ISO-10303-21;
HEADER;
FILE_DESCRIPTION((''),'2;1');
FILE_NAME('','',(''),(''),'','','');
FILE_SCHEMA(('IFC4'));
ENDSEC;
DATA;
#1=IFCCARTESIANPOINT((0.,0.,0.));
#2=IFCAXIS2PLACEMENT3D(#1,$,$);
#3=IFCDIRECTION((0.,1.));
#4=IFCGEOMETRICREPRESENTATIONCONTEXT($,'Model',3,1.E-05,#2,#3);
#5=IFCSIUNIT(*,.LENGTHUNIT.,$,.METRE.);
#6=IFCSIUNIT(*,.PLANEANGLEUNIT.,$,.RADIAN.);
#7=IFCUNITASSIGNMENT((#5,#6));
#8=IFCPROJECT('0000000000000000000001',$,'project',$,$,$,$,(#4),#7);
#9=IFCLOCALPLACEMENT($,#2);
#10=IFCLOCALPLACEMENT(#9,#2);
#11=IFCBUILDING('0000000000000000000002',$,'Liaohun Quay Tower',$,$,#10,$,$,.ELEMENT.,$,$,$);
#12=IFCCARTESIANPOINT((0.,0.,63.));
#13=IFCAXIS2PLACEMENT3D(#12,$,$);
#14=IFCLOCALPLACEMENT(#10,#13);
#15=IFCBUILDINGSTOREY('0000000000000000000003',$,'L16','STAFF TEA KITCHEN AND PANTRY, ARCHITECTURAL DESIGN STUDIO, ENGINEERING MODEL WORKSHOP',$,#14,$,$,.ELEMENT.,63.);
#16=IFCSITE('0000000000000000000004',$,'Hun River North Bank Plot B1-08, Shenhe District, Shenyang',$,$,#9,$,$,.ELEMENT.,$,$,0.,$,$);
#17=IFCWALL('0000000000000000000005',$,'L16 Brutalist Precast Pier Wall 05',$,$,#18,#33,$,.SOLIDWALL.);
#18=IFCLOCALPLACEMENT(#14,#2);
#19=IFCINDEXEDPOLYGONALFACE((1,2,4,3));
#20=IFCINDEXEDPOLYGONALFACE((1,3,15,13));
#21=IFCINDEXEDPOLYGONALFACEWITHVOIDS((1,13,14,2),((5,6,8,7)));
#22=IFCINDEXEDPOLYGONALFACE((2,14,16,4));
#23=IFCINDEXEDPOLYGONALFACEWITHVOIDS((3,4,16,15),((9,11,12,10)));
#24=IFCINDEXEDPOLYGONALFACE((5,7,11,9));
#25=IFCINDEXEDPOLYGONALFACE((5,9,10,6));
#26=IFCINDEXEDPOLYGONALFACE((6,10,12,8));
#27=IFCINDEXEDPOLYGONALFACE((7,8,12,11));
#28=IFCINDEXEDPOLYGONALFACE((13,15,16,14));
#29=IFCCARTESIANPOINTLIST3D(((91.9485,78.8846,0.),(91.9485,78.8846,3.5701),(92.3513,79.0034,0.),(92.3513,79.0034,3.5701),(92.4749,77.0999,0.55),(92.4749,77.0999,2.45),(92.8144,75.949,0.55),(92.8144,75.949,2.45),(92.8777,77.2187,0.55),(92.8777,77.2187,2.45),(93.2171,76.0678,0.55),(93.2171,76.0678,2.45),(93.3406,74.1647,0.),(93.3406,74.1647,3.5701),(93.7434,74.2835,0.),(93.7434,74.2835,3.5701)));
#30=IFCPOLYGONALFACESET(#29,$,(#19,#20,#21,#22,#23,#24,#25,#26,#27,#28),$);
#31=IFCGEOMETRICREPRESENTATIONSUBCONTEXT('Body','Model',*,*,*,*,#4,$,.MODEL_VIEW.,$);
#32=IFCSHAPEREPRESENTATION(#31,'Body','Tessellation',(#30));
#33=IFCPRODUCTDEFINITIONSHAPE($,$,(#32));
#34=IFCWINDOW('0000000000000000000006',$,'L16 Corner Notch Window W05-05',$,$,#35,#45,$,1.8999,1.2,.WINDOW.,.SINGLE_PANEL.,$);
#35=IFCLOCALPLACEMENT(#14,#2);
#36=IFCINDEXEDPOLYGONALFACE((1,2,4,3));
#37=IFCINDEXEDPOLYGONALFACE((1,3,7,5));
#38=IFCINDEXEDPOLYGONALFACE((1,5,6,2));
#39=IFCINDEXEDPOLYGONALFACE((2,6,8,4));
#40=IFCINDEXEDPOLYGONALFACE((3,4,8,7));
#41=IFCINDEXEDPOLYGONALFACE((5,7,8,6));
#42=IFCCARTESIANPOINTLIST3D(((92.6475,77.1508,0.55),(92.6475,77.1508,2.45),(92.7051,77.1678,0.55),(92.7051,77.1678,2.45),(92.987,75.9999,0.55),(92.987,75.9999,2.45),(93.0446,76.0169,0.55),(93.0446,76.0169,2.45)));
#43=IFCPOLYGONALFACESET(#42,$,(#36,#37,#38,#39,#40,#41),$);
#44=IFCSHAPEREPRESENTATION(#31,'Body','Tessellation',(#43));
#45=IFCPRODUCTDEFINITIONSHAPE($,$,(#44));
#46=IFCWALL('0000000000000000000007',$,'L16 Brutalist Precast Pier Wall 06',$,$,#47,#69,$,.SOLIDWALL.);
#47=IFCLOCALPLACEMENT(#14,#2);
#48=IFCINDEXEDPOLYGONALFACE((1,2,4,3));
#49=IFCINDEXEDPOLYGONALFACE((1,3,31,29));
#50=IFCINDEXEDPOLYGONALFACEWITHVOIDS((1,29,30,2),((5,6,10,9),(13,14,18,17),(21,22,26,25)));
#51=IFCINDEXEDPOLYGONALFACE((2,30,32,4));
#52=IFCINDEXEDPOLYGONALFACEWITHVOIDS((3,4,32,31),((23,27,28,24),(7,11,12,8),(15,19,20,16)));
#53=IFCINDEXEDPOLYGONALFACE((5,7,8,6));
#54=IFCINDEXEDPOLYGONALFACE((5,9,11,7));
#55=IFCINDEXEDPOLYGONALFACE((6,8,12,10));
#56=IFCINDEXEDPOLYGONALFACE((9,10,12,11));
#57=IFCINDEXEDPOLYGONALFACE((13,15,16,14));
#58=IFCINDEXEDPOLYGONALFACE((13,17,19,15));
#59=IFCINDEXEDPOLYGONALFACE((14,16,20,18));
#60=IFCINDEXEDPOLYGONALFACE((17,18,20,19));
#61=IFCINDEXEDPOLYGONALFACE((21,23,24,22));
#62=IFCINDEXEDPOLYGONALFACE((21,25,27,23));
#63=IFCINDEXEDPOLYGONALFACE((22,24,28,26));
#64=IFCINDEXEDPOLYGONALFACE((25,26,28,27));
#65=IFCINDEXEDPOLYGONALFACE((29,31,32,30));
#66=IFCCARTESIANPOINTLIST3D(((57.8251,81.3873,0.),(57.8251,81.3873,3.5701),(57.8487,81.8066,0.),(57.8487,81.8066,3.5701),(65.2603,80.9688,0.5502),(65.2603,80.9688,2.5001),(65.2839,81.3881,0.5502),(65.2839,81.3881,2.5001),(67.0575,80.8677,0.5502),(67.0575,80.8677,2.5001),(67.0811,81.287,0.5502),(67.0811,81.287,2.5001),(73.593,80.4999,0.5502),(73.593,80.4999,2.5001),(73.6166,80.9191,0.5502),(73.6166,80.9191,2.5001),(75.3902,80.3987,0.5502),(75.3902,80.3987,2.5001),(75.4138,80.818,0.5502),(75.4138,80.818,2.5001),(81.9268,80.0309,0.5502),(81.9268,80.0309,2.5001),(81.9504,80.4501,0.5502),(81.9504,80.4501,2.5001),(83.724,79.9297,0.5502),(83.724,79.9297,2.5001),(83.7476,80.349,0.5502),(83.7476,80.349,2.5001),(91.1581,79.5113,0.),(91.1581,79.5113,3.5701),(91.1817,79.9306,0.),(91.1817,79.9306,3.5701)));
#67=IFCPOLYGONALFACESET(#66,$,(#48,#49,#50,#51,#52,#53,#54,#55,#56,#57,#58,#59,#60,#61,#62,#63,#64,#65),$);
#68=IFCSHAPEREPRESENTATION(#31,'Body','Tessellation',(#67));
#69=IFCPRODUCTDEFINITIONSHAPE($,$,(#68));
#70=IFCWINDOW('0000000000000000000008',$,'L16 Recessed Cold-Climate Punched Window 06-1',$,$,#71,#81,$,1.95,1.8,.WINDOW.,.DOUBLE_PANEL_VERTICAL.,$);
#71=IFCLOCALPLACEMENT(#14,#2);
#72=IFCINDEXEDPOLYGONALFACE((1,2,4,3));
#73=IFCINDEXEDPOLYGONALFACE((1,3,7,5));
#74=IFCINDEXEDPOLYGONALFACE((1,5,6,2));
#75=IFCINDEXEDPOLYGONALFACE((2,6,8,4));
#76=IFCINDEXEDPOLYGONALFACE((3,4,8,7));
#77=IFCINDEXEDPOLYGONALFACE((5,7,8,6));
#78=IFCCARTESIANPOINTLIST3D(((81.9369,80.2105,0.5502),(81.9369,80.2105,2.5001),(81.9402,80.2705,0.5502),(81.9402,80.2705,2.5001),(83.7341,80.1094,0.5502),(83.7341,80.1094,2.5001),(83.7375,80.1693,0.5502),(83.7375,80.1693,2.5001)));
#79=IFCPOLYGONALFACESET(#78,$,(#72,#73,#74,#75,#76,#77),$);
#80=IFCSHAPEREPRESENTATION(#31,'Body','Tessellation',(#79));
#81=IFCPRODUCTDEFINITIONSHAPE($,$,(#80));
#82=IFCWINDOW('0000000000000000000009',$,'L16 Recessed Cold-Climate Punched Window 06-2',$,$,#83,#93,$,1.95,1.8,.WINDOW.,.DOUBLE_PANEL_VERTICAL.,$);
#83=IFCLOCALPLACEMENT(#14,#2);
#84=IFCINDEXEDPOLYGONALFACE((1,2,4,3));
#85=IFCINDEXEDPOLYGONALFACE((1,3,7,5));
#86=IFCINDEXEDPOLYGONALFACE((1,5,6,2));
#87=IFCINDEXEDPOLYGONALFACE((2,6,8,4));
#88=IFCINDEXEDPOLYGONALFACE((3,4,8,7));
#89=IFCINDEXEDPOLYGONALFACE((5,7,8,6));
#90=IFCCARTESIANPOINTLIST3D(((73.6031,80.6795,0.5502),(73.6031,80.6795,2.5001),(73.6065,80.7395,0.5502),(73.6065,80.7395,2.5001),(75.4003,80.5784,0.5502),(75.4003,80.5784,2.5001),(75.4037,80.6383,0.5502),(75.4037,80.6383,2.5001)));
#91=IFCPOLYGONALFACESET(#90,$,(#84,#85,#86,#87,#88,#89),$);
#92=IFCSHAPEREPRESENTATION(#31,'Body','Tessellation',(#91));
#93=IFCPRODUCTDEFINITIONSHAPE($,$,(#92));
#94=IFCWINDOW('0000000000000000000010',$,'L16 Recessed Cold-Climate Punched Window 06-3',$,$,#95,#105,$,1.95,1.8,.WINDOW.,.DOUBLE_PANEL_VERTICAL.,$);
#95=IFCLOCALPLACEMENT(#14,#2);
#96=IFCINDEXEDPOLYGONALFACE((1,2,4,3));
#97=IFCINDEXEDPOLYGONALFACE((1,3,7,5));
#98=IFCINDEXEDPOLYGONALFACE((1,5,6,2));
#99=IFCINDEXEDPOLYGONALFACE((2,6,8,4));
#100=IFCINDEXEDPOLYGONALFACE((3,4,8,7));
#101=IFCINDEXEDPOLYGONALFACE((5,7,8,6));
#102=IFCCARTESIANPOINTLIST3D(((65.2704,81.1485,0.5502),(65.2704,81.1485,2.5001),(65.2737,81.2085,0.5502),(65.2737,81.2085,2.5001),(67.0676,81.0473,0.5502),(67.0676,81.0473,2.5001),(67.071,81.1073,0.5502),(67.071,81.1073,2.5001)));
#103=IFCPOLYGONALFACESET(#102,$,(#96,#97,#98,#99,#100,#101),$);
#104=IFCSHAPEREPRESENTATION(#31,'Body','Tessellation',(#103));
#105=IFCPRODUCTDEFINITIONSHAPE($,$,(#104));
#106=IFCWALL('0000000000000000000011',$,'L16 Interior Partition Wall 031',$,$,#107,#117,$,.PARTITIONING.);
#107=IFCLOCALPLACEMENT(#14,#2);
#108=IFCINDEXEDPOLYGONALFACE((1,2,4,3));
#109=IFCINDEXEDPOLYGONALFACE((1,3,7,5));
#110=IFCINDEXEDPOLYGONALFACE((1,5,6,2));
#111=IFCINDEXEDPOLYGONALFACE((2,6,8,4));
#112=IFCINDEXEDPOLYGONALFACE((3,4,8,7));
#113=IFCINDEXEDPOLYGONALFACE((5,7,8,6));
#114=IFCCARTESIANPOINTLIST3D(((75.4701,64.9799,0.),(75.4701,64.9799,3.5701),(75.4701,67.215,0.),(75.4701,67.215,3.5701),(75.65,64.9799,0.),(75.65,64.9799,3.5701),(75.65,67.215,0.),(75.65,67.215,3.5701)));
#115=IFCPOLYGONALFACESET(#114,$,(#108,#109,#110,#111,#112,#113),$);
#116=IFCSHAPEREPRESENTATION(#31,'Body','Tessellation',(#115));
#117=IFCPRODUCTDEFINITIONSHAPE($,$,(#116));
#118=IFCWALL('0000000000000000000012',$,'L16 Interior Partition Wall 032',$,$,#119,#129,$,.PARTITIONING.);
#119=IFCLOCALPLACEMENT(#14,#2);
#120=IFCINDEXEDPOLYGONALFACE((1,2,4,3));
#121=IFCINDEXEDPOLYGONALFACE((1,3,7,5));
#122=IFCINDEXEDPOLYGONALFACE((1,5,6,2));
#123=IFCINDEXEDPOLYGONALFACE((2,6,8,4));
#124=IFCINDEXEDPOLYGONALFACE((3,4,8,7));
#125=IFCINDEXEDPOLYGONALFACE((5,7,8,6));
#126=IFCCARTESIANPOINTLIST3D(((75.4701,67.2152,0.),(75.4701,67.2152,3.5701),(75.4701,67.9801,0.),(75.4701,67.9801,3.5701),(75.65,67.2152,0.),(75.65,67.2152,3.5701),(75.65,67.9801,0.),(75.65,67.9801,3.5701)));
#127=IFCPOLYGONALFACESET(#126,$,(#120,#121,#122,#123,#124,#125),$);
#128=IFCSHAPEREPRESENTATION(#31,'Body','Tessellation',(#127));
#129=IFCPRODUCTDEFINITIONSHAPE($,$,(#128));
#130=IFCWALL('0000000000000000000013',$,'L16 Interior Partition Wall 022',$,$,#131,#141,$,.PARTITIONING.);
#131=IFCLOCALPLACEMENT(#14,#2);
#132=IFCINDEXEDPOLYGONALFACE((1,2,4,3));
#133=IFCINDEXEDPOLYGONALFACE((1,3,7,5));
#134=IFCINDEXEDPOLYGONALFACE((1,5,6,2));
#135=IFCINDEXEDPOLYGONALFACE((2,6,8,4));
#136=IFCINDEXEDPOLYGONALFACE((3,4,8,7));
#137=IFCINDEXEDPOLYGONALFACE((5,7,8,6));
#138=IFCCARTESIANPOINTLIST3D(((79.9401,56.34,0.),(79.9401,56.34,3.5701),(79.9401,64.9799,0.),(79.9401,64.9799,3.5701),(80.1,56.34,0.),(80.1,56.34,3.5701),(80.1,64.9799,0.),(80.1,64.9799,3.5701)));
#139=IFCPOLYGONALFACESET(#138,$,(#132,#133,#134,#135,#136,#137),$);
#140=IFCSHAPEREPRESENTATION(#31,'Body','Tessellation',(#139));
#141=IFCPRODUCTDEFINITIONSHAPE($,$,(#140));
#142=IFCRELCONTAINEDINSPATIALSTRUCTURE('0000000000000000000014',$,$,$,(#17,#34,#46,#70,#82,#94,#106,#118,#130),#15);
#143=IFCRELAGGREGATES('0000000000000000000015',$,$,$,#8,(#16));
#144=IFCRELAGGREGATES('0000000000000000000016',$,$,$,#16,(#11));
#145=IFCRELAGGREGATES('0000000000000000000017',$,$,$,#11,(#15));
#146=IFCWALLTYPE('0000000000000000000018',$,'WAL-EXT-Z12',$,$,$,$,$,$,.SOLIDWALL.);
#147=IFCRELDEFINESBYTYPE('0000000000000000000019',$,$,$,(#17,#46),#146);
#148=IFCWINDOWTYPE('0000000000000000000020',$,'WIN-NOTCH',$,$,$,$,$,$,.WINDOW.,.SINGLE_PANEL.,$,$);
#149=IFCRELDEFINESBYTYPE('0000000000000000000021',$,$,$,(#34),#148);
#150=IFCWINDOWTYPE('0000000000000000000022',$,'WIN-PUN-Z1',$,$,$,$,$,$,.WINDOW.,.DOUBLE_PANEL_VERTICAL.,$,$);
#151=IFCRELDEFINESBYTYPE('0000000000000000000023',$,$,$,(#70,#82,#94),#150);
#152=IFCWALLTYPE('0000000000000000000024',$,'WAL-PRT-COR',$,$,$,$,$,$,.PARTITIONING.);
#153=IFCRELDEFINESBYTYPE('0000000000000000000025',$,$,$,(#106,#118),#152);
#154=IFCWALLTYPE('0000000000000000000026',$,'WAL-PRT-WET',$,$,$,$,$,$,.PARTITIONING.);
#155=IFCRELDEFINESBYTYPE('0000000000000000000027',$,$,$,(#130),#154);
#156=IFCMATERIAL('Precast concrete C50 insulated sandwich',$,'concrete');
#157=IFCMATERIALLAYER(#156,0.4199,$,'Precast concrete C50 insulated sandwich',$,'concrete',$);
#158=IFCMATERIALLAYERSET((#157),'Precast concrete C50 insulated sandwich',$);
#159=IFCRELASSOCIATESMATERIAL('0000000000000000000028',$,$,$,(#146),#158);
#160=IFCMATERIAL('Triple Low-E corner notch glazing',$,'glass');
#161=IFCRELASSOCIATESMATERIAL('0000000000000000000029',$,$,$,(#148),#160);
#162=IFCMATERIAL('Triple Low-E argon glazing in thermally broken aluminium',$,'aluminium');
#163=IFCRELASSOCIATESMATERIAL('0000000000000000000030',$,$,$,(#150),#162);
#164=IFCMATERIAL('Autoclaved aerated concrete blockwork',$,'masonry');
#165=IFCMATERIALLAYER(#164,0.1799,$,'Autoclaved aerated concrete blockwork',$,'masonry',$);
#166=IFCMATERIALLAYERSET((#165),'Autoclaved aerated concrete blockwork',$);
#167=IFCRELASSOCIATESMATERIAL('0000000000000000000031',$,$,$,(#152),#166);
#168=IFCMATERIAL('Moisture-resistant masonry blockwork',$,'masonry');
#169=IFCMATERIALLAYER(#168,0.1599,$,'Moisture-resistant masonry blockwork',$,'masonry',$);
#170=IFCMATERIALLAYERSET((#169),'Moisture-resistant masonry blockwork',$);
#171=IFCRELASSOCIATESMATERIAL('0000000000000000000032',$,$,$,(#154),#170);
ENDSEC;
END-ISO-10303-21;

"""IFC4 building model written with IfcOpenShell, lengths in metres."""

from ifc_helpers import new_model, si_unit, direction, frame, frame_2d, origin, place, context, subcontext, project, spatial, rectangle, extrude, source, transform, mapped, material, layer, layer_set, type_object, element, fill, save


model = new_model("IFC4")

# Units and contexts
model_context = context("Model", 3, precision=1e-05, world=origin(), true_north=direction((0.0, 1.0)))
body_context = subcontext(model_context, "Body", "Model", "MODEL_VIEW")
ifc_project = project(units=[si_unit("LENGTHUNIT", "METRE"), si_unit("PLANEANGLEUNIT", "RADIAN")], contexts=[model_context])

# Site, building, storey
site_placement = place(None, origin())
site = spatial("IfcSite", under=ifc_project, at=site_placement, Name="Hun River North Bank Plot B1-08, Shenhe District, Shenyang", CompositionType="ELEMENT", RefElevation=0.0)
building_placement = place(site_placement, origin())
building = spatial("IfcBuilding", under=site, at=building_placement, Name="Liaohun Quay Tower", CompositionType="ELEMENT")
storey_placement = place(building_placement, frame((0.0, 0.0, 63.0)))
storey = spatial("IfcBuildingStorey", under=building, at=storey_placement, Name="L16", Description="STAFF TEA KITCHEN AND PANTRY, ARCHITECTURAL DESIGN STUDIO, ENGINEERING MODEL WORKSHOP", CompositionType="ELEMENT", Elevation=63.0)

# Wall, opening, window
ifc_material_1 = material(Name="Precast concrete C50 insulated sandwich", Category="concrete")
ifc_layer_1 = layer(ifc_material_1, 0.4199, Name="Precast concrete C50 insulated sandwich", Category="concrete")
ifc_layer_set_1 = layer_set([ifc_layer_1], Name="Precast concrete C50 insulated sandwich")
wall_type_1 = type_object("IfcWallType", Name="WAL-EXT-Z12", PredefinedType="SOLIDWALL", material=ifc_layer_set_1)
shared_shape_1 = source(origin(), body_context, "Body", "SweptSolid", [
    extrude(rectangle(XDim=1.2, YDim=1.8999, at=frame_2d((0.6001, 0.95))), frame((0.0, 0.22, 0.0), z_axis=(0.0, -1.0, 0.0), x_axis=(1.0, 0.0, 0.0)), (0.0, 0.0, 1.0), 0.4399),
])
ifc_material_2 = material(Name="Triple Low-E corner notch glazing", Category="glass")
window_type_1 = type_object("IfcWindowType", Name="WIN-NOTCH", PartitioningType="SINGLE_PANEL", PredefinedType="WINDOW", material=ifc_material_2)
shared_shape_2 = source(origin(), body_context, "Body", "SweptSolid", [
    extrude(rectangle(XDim=1.2, YDim=1.8999, at=frame_2d((0.6001, 0.95))), frame((0.0, 0.03, 0.0), z_axis=(0.0, -1.0, 0.0), x_axis=(1.0, 0.0, 0.0)), (0.0, 0.0, 1.0), 0.0601),
])
wall_1_placement = place(storey_placement, frame((93.542, 74.2241, 0.0), z_axis=(0.0, 0.0, 1.0), x_axis=(-0.282889, 0.959153, 0.0)))
wall_1 = element("IfcWall", 1, at=wall_1_placement, inside=storey, type_object=wall_type_1, Name="L16 Brutalist Precast Pier Wall 05", PredefinedType="SOLIDWALL", context=body_context, shape_type="SweptSolid", body=[
    extrude(rectangle(XDim=4.9209, YDim=0.4199, at=frame_2d((2.4604, 0.0))), origin(), (0.0, 0.0, 1.0), 3.5701),
])
opening_1_placement = place(wall_1_placement, frame((1.8601, 0.0, 0.55)))
opening_1 = element("IfcOpeningElement", 2, at=opening_1_placement, cuts=wall_1, PredefinedType="OPENING", context=body_context, shape_type="MappedRepresentation", body=[
    mapped(shared_shape_1, transform((0.0, 0.0, 0.0), x_axis=(1.0, 0.0, 0.0), y_axis=(0.0, 1.0, 0.0), z_axis=(0.0, 0.0, 1.0), scale=1.0)),
])
window_1_placement = place(opening_1_placement, origin())
window_1 = element("IfcWindow", 3, at=window_1_placement, inside=storey, type_object=window_type_1, Name="L16 Corner Notch Window W05-05", OverallHeight=1.8999, OverallWidth=1.2, PartitioningType="SINGLE_PANEL", PredefinedType="WINDOW", context=body_context, shape_type="MappedRepresentation", body=[
    mapped(shared_shape_2, transform((0.0, 0.0, 0.0), x_axis=(1.0, 0.0, 0.0), y_axis=(0.0, 1.0, 0.0), z_axis=(0.0, 0.0, 1.0), scale=1.0)),
])
fill(opening_1, window_1)

# Wall, openings, windows
wall_2_placement = place(storey_placement, frame((91.1699, 79.7209, 0.0), z_axis=(0.0, 0.0, 1.0), x_axis=(-0.99842, 0.056191, 0.0)))
wall_2 = element("IfcWall", 4, at=wall_2_placement, inside=storey, type_object=wall_type_1, Name="L16 Brutalist Precast Pier Wall 06", PredefinedType="SOLIDWALL", context=body_context, shape_type="SweptSolid", body=[
    extrude(rectangle(XDim=33.3857, YDim=0.4199, at=frame_2d((16.6929, 0.0))), origin(), (0.0, 0.0, 1.0), 3.5701),
])
shared_shape_3 = source(origin(), body_context, "Body", "SweptSolid", [
    extrude(rectangle(XDim=1.8, YDim=1.95, at=frame_2d((0.8999, 0.9751))), frame((0.0, 0.22, 0.0), z_axis=(0.0, -1.0, 0.0), x_axis=(1.0, 0.0, 0.0)), (0.0, 0.0, 1.0), 0.4399),
])
opening_2_placement = place(wall_2_placement, frame((7.446, 0.0, 0.55)))
opening_2 = element("IfcOpeningElement", 5, at=opening_2_placement, cuts=wall_2, PredefinedType="OPENING", context=body_context, shape_type="MappedRepresentation", body=[
    mapped(shared_shape_3, transform((0.0, 0.0, 0.0), x_axis=(1.0, 0.0, 0.0), y_axis=(0.0, 1.0, 0.0), z_axis=(0.0, 0.0, 1.0), scale=1.0)),
])
opening_3_placement = place(wall_2_placement, frame((15.793, 0.0, 0.55)))
opening_3 = element("IfcOpeningElement", 6, at=opening_3_placement, cuts=wall_2, PredefinedType="OPENING", context=body_context, shape_type="MappedRepresentation", body=[
    mapped(shared_shape_3, transform((0.0, 0.0, 0.0), x_axis=(1.0, 0.0, 0.0), y_axis=(0.0, 1.0, 0.0), z_axis=(0.0, 0.0, 1.0), scale=1.0)),
])
opening_4_placement = place(wall_2_placement, frame((24.1389, 0.0, 0.55)))
opening_4 = element("IfcOpeningElement", 7, at=opening_4_placement, cuts=wall_2, PredefinedType="OPENING", context=body_context, shape_type="MappedRepresentation", body=[
    mapped(shared_shape_3, transform((0.0, 0.0, 0.0), x_axis=(1.0, 0.0, 0.0), y_axis=(0.0, 1.0, 0.0), z_axis=(0.0, 0.0, 1.0), scale=1.0)),
])
ifc_material_3 = material(Name="Triple Low-E argon glazing in thermally broken aluminium", Category="aluminium")
window_type_2 = type_object("IfcWindowType", Name="WIN-PUN-Z1", PartitioningType="DOUBLE_PANEL_VERTICAL", PredefinedType="WINDOW", material=ifc_material_3)
shared_shape_4 = source(origin(), body_context, "Body", "SweptSolid", [
    extrude(rectangle(XDim=1.8, YDim=1.95, at=frame_2d((0.8999, 0.9751))), frame((0.0, 0.03, 0.0), z_axis=(0.0, -1.0, 0.0), x_axis=(1.0, 0.0, 0.0)), (0.0, 0.0, 1.0), 0.0601),
])
window_2_placement = place(opening_2_placement, origin())
window_2 = element("IfcWindow", 8, at=window_2_placement, inside=storey, type_object=window_type_2, Name="L16 Recessed Cold-Climate Punched Window 06-1", OverallHeight=1.95, OverallWidth=1.8, PartitioningType="DOUBLE_PANEL_VERTICAL", PredefinedType="WINDOW", context=body_context, shape_type="MappedRepresentation", body=[
    mapped(shared_shape_4, transform((0.0, 0.0, 0.0), x_axis=(1.0, 0.0, 0.0), y_axis=(0.0, 1.0, 0.0), z_axis=(0.0, 0.0, 1.0), scale=1.0)),
])
fill(opening_2, window_2)
window_3_placement = place(opening_3_placement, origin())
window_3 = element("IfcWindow", 9, at=window_3_placement, inside=storey, type_object=window_type_2, Name="L16 Recessed Cold-Climate Punched Window 06-2", OverallHeight=1.95, OverallWidth=1.8, PartitioningType="DOUBLE_PANEL_VERTICAL", PredefinedType="WINDOW", context=body_context, shape_type="MappedRepresentation", body=[
    mapped(shared_shape_4, transform((0.0, 0.0, 0.0), x_axis=(1.0, 0.0, 0.0), y_axis=(0.0, 1.0, 0.0), z_axis=(0.0, 0.0, 1.0), scale=1.0)),
])
fill(opening_3, window_3)
window_4_placement = place(opening_4_placement, origin())
window_4 = element("IfcWindow", 10, at=window_4_placement, inside=storey, type_object=window_type_2, Name="L16 Recessed Cold-Climate Punched Window 06-3", OverallHeight=1.95, OverallWidth=1.8, PartitioningType="DOUBLE_PANEL_VERTICAL", PredefinedType="WINDOW", context=body_context, shape_type="MappedRepresentation", body=[
    mapped(shared_shape_4, transform((0.0, 0.0, 0.0), x_axis=(1.0, 0.0, 0.0), y_axis=(0.0, 1.0, 0.0), z_axis=(0.0, 0.0, 1.0), scale=1.0)),
])
fill(opening_4, window_4)

# Walls
ifc_material_4 = material(Name="Autoclaved aerated concrete blockwork", Category="masonry")
ifc_layer_2 = layer(ifc_material_4, 0.1799, Name="Autoclaved aerated concrete blockwork", Category="masonry")
ifc_layer_set_2 = layer_set([ifc_layer_2], Name="Autoclaved aerated concrete blockwork")
wall_type_2 = type_object("IfcWallType", Name="WAL-PRT-COR", PredefinedType="PARTITIONING", material=ifc_layer_set_2)
wall_3_placement = place(storey_placement, frame((75.5601, 67.2151, 0.0), z_axis=(0.0, 0.0, 1.0), x_axis=(0.0, -1.0, 0.0)))
element("IfcWall", 11, at=wall_3_placement, inside=storey, type_object=wall_type_2, Name="L16 Interior Partition Wall 031", PredefinedType="PARTITIONING", context=body_context, shape_type="SweptSolid", body=[
    extrude(rectangle(XDim=2.2351, YDim=0.1799, at=frame_2d((1.1177, 0.0))), origin(), (0.0, 0.0, 1.0), 3.5701),
])
wall_4_placement = place(storey_placement, frame((75.5601, 67.98, 0.0), z_axis=(0.0, 0.0, 1.0), x_axis=(0.0, -1.0, 0.0)))
element("IfcWall", 12, at=wall_4_placement, inside=storey, type_object=wall_type_2, Name="L16 Interior Partition Wall 032", PredefinedType="PARTITIONING", context=body_context, shape_type="SweptSolid", body=[
    extrude(rectangle(XDim=0.7649, YDim=0.1799, at=frame_2d((0.3823, 0.0))), origin(), (0.0, 0.0, 1.0), 3.5701),
])
ifc_material_5 = material(Name="Moisture-resistant masonry blockwork", Category="masonry")
ifc_layer_3 = layer(ifc_material_5, 0.1599, Name="Moisture-resistant masonry blockwork", Category="masonry")
ifc_layer_set_3 = layer_set([ifc_layer_3], Name="Moisture-resistant masonry blockwork")
wall_type_3 = type_object("IfcWallType", Name="WAL-PRT-WET", PredefinedType="PARTITIONING", material=ifc_layer_set_3)
wall_5_placement = place(storey_placement, frame((80.02, 56.3401, 0.0), z_axis=(0.0, 0.0, 1.0), x_axis=(0.0, 1.0, 0.0)))
element("IfcWall", 13, at=wall_5_placement, inside=storey, type_object=wall_type_3, Name="L16 Interior Partition Wall 022", PredefinedType="PARTITIONING", context=body_context, shape_type="SweptSolid", body=[
    extrude(rectangle(XDim=8.6399, YDim=0.1599, at=frame_2d((4.3198, 0.0))), origin(), (0.0, 0.0, 1.0), 3.5701),
])

save(model, "model.ifc")
